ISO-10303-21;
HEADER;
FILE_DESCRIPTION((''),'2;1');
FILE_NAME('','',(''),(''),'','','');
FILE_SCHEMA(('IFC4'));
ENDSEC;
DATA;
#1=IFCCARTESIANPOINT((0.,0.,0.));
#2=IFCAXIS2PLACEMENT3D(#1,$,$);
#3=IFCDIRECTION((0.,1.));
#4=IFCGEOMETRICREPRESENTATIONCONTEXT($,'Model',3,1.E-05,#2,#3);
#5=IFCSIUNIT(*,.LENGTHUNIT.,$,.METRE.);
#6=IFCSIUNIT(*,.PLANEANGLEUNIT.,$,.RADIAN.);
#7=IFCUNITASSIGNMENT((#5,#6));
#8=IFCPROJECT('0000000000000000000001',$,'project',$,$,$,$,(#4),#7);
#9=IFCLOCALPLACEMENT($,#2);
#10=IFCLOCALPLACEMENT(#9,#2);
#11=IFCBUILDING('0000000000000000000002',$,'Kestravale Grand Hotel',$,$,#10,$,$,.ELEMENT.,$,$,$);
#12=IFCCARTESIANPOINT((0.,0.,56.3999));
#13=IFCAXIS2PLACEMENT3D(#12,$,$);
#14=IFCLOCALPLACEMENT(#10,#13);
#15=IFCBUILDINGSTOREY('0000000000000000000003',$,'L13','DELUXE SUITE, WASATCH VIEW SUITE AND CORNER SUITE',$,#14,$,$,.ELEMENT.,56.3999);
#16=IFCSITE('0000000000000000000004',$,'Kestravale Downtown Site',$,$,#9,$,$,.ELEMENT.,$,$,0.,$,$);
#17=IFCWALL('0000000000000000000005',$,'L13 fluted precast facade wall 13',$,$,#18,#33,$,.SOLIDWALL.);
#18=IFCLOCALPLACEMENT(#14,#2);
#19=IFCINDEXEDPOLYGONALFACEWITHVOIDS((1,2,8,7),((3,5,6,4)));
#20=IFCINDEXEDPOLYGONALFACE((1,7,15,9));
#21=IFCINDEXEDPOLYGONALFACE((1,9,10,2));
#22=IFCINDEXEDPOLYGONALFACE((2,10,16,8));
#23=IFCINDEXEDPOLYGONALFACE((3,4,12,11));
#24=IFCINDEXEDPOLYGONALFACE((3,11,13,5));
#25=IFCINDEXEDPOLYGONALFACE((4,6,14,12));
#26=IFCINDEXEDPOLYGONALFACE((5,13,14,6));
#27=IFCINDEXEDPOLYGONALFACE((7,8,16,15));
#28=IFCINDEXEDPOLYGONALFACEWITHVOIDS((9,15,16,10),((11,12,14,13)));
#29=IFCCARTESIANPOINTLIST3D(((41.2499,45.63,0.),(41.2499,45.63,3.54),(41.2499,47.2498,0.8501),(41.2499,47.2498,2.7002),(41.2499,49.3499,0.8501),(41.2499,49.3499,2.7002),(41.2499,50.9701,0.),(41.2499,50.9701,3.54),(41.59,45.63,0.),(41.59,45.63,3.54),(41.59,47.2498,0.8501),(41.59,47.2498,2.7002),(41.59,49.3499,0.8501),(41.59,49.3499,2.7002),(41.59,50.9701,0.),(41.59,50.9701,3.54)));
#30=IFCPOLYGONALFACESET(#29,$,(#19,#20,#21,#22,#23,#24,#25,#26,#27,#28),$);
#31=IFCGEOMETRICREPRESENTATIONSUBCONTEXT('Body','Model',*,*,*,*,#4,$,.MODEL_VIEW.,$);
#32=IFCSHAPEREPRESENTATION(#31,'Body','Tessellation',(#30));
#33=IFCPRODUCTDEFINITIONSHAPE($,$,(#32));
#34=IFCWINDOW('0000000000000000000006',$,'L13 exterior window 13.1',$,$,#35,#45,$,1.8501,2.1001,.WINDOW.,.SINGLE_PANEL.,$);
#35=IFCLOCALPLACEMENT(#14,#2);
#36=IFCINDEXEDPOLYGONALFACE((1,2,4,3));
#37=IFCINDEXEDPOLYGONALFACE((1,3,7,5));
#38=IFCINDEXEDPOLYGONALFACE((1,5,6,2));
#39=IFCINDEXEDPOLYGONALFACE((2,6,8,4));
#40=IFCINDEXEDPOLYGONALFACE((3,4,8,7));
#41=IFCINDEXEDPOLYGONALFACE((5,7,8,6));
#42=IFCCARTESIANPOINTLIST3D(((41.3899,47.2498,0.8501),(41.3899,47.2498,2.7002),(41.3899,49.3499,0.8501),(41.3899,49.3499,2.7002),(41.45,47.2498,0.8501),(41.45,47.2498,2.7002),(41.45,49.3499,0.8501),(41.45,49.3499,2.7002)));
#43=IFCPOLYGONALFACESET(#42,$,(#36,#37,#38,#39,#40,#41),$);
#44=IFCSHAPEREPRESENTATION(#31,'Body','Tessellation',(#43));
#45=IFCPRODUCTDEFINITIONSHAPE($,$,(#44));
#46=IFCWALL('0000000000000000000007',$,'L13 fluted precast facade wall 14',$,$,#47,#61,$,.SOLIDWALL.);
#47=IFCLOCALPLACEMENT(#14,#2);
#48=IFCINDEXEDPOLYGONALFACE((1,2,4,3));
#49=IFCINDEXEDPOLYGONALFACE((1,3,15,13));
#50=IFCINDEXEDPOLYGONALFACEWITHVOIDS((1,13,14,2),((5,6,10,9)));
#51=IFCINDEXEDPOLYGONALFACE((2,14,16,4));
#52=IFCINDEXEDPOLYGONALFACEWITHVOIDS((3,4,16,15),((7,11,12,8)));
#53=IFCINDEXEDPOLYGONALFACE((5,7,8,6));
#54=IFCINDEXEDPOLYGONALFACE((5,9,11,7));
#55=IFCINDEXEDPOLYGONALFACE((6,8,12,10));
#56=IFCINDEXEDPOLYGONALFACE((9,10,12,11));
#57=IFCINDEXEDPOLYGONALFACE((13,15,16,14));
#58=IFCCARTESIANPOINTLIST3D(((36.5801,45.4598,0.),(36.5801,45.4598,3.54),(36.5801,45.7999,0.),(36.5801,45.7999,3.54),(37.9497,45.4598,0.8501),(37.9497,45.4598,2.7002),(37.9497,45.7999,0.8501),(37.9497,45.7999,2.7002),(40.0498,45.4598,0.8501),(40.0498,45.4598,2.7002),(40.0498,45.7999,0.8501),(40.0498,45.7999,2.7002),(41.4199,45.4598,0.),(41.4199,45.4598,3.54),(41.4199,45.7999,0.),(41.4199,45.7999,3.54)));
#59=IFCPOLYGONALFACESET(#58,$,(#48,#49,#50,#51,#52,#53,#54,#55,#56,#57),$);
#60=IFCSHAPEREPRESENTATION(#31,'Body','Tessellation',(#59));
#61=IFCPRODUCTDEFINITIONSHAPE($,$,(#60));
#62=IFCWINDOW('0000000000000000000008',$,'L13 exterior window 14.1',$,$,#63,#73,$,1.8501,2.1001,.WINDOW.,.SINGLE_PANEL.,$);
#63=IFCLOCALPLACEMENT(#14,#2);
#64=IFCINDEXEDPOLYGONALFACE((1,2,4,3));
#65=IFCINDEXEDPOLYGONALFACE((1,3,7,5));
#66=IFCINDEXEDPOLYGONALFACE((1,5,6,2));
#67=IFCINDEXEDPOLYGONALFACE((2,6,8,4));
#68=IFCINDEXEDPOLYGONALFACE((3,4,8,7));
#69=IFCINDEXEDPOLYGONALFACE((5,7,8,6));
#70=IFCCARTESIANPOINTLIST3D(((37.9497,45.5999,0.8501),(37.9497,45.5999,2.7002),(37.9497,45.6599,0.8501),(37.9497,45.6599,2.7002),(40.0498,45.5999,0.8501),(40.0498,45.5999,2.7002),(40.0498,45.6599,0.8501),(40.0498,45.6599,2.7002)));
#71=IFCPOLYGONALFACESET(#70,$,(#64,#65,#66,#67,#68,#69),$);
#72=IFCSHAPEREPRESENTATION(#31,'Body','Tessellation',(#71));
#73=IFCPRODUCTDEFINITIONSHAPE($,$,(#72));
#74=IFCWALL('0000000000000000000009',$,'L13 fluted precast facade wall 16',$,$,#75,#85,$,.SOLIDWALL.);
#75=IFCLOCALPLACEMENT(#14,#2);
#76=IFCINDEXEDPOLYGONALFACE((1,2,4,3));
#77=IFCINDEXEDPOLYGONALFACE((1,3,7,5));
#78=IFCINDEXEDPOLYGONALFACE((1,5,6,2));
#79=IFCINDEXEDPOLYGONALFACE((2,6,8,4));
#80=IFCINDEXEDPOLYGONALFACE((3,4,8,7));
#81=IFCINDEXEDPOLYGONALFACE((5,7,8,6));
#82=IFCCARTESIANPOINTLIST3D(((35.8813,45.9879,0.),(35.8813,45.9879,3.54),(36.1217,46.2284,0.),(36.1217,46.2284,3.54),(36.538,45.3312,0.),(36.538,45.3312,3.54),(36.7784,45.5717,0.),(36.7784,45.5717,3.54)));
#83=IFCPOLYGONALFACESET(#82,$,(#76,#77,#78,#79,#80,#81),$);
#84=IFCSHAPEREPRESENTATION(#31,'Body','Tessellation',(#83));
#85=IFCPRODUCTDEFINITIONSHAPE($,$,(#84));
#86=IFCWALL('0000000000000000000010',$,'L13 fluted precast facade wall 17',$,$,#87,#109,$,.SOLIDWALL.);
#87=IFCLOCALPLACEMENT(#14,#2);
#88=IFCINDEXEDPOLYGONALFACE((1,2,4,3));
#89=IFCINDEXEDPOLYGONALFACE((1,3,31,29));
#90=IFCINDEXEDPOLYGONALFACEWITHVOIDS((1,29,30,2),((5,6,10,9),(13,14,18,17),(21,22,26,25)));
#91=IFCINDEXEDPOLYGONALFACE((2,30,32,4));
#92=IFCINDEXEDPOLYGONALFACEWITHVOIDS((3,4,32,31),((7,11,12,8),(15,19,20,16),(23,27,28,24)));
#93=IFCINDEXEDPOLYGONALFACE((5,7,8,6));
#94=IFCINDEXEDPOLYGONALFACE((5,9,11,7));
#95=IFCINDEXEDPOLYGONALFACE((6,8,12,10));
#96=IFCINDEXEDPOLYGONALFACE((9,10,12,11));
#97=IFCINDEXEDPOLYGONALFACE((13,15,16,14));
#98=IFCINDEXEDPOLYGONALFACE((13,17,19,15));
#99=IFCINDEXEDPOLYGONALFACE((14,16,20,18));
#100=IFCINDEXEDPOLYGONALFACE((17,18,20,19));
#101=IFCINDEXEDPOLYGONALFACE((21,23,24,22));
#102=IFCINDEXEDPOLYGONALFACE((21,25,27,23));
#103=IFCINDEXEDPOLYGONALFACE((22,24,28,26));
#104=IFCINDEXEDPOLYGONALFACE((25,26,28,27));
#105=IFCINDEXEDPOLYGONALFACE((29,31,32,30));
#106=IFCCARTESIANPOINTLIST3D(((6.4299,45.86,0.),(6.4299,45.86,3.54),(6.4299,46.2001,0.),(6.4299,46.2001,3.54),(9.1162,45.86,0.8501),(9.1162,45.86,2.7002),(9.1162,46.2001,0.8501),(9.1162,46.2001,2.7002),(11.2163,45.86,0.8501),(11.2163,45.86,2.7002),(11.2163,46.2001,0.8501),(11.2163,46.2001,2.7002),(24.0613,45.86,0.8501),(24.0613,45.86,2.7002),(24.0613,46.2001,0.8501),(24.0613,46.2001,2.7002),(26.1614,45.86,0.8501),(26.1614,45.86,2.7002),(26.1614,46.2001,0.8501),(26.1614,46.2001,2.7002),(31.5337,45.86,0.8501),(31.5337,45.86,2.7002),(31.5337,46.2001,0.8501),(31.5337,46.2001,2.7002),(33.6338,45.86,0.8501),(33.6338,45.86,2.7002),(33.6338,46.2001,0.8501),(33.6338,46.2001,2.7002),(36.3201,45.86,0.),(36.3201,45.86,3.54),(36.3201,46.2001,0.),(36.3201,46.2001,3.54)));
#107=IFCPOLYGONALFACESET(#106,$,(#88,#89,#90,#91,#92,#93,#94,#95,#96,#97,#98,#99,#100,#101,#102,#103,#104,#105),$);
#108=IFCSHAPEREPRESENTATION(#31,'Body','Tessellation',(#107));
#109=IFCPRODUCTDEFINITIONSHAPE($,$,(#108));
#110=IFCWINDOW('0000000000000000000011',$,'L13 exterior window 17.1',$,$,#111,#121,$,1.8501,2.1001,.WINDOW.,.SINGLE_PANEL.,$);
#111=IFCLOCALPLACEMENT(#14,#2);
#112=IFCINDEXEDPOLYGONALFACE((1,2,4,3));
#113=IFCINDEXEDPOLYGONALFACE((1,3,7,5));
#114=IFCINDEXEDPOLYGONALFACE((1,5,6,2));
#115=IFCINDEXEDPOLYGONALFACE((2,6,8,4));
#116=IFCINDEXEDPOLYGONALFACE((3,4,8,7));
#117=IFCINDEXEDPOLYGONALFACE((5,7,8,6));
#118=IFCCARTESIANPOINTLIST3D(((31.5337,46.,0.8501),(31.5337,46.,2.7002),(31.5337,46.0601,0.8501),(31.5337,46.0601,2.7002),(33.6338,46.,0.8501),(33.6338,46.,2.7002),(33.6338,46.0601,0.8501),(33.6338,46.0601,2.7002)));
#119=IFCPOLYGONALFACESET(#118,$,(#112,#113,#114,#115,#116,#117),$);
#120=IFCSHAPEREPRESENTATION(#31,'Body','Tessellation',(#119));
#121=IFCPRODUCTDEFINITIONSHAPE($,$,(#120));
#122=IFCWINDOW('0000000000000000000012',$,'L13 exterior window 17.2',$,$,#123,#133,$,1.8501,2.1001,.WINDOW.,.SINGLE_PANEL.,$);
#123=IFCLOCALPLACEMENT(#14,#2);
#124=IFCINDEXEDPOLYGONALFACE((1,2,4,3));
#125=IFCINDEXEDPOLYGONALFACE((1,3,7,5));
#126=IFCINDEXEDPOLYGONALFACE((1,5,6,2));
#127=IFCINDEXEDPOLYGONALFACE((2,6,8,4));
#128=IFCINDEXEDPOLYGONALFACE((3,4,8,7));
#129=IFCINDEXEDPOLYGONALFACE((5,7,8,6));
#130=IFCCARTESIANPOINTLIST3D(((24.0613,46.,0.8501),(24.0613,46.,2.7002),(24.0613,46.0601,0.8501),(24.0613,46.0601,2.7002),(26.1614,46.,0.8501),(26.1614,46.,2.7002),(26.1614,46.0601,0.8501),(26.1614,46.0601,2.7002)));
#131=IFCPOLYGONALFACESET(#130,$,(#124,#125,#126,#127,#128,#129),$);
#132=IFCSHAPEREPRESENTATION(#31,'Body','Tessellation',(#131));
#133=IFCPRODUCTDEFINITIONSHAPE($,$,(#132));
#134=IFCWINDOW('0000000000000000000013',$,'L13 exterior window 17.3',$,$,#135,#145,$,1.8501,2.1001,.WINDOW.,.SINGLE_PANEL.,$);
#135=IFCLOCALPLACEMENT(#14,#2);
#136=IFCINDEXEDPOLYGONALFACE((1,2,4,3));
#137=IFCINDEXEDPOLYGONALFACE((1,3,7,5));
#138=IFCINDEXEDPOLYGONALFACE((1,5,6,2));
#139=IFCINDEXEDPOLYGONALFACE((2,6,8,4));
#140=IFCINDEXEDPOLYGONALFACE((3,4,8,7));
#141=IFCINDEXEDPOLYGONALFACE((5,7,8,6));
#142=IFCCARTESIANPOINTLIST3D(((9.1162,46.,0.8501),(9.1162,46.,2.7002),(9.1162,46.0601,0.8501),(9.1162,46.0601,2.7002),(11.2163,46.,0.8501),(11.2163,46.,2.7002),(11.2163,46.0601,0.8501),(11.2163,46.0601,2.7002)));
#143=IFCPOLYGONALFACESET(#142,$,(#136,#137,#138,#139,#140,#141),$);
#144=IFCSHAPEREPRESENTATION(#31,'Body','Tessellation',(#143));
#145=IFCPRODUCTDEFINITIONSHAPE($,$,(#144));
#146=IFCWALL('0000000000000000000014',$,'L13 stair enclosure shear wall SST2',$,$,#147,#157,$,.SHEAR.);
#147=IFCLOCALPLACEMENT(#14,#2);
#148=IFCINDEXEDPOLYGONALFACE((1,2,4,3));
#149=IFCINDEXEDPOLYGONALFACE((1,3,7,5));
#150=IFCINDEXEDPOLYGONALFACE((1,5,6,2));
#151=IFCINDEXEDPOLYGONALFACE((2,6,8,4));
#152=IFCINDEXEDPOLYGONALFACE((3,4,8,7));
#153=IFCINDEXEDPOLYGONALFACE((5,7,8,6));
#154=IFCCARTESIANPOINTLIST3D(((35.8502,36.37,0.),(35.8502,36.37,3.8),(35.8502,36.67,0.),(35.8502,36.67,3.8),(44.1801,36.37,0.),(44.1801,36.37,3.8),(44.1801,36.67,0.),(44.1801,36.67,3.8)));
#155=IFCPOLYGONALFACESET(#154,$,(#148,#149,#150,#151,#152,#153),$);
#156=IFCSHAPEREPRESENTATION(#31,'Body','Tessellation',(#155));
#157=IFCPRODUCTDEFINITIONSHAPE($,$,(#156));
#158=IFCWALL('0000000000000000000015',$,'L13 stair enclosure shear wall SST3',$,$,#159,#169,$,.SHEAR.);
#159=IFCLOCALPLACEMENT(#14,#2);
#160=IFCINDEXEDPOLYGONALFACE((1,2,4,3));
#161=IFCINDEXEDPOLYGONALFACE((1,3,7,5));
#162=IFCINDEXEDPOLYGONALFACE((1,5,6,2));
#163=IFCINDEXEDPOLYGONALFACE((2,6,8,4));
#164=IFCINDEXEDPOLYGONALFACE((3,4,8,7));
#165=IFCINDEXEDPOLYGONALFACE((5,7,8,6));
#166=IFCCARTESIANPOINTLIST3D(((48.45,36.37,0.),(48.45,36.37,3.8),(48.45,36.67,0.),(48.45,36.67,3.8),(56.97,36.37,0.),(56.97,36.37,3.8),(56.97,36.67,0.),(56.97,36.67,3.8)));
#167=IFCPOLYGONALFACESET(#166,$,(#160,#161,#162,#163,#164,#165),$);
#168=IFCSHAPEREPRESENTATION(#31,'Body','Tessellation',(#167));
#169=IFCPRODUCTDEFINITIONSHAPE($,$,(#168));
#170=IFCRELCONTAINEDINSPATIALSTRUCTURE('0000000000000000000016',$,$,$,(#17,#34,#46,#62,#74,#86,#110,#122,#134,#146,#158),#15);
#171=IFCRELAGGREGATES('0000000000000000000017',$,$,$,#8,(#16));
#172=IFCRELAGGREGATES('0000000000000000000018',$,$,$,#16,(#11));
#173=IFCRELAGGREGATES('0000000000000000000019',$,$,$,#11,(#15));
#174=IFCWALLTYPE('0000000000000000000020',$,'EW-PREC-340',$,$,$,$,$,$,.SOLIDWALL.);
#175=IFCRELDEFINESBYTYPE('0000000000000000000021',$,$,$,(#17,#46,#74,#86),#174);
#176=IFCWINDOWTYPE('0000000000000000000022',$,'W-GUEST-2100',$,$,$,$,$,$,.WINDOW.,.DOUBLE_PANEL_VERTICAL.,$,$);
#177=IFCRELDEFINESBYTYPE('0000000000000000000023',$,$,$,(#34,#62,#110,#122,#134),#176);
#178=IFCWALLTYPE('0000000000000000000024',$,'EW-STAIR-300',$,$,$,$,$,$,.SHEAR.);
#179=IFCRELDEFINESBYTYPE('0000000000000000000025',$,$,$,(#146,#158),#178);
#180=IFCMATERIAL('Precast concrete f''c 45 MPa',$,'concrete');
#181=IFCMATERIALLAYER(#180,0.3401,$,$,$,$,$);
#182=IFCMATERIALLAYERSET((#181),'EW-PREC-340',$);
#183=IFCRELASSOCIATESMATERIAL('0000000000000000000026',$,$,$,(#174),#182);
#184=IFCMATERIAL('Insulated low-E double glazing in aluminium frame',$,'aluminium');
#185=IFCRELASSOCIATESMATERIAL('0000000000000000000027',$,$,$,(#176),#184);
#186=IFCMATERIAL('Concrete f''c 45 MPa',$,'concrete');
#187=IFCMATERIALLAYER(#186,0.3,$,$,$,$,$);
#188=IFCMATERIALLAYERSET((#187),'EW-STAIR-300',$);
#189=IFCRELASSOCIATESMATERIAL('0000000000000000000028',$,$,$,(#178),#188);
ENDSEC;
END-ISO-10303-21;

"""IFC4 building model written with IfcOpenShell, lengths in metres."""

from ifc_helpers import new_model, si_unit, direction, frame, frame_2d, origin, place, context, subcontext, project, spatial, rectangle, extrude, material, layer, layer_set, type_object, element, fill, save


model = new_model("IFC4")

# Units and contexts
model_context = context("Model", 3, precision=1e-05, world=origin(), true_north=direction((0.0, 1.0)))
body_context = subcontext(model_context, "Body", "Model", "MODEL_VIEW")
ifc_project = project(units=[si_unit("LENGTHUNIT", "METRE"), si_unit("PLANEANGLEUNIT", "RADIAN")], contexts=[model_context])

# Site, building, storey
site_placement = place(None, origin())
site = spatial("IfcSite", under=ifc_project, at=site_placement, Name="Kestravale Downtown Site", CompositionType="ELEMENT", RefElevation=0.0)
building_placement = place(site_placement, origin())
building = spatial("IfcBuilding", under=site, at=building_placement, Name="Kestravale Grand Hotel", CompositionType="ELEMENT")
storey_placement = place(building_placement, frame((0.0, 0.0, 56.3999)))
storey = spatial("IfcBuildingStorey", under=building, at=storey_placement, Name="L13", Description="DELUXE SUITE, WASATCH VIEW SUITE AND CORNER SUITE", CompositionType="ELEMENT", Elevation=56.3999)

# Shared definitions
ifc_material_1 = material(Name="Precast concrete f'c 45 MPa", Category="concrete")
ifc_layer_1 = layer(ifc_material_1, 0.3401)
ifc_layer_set_1 = layer_set([ifc_layer_1], Name="EW-PREC-340")
wall_type_1 = type_object("IfcWallType", Name="EW-PREC-340", PredefinedType="SOLIDWALL", material=ifc_layer_set_1)

# Walls, openings, windows
wall_1_placement = place(storey_placement, frame((41.4199, 50.97, 0.0), z_axis=(0.0, 0.0, 1.0), x_axis=(0.0, -1.0, 0.0)))
wall_1 = element("IfcWall", 1, at=wall_1_placement, inside=storey, type_object=wall_type_1, Name="L13 fluted precast facade wall 13", PredefinedType="SOLIDWALL", context=body_context, shape_type="SweptSolid", body=[
    extrude(rectangle(XDim=5.3401, YDim=0.3401, at=frame_2d((2.6699, 0.0))), origin(), (0.0, 0.0, 1.0), 3.54),
])
opening_1_placement = place(wall_1_placement, frame((1.6201, 0.0, 0.8501)))
opening_1 = element("IfcOpeningElement", 2, at=opening_1_placement, cuts=wall_1, PredefinedType="OPENING", context=body_context, shape_type="SweptSolid", body=[
    extrude(rectangle(XDim=2.1001, YDim=1.8501, at=frame_2d((1.05, 0.925))), frame((0.0, 0.1799, 0.0), z_axis=(0.0, -1.0, 0.0), x_axis=(1.0, 0.0, 0.0)), (0.0, 0.0, 1.0), 0.3601),
])
ifc_material_2 = material(Name="Insulated low-E double glazing in aluminium frame", Category="aluminium")
window_type = type_object("IfcWindowType", Name="W-GUEST-2100", PartitioningType="DOUBLE_PANEL_VERTICAL", PredefinedType="WINDOW", material=ifc_material_2)
window_1_placement = place(opening_1_placement, origin())
window_1 = element("IfcWindow", 3, at=window_1_placement, inside=storey, type_object=window_type, Name="L13 exterior window 13.1", OverallHeight=1.8501, OverallWidth=2.1001, PartitioningType="SINGLE_PANEL", PredefinedType="WINDOW", context=body_context, shape_type="SweptSolid", body=[
    extrude(rectangle(XDim=2.1001, YDim=1.8501, at=frame_2d((1.05, 0.925))), frame((0.0, 0.03, 0.0), z_axis=(0.0, -1.0, 0.0), x_axis=(1.0, 0.0, 0.0)), (0.0, 0.0, 1.0), 0.0601),
])
fill(opening_1, window_1)
wall_2_placement = place(storey_placement, frame((41.4199, 45.6299, 0.0), z_axis=(0.0, 0.0, 1.0), x_axis=(-1.0, 0.0, 0.0)))
wall_2 = element("IfcWall", 4, at=wall_2_placement, inside=storey, type_object=wall_type_1, Name="L13 fluted precast facade wall 14", PredefinedType="SOLIDWALL", context=body_context, shape_type="SweptSolid", body=[
    extrude(rectangle(XDim=4.8398, YDim=0.3401, at=frame_2d((2.4199, 0.0))), origin(), (0.0, 0.0, 1.0), 3.54),
])
opening_2_placement = place(wall_2_placement, frame((1.3701, 0.0, 0.8501)))
opening_2 = element("IfcOpeningElement", 5, at=opening_2_placement, cuts=wall_2, PredefinedType="OPENING", context=body_context, shape_type="SweptSolid", body=[
    extrude(rectangle(XDim=2.1001, YDim=1.8501, at=frame_2d((1.05, 0.925))), frame((0.0, 0.1799, 0.0), z_axis=(0.0, -1.0, 0.0), x_axis=(1.0, 0.0, 0.0)), (0.0, 0.0, 1.0), 0.3601),
])
window_2_placement = place(opening_2_placement, origin())
window_2 = element("IfcWindow", 6, at=window_2_placement, inside=storey, type_object=window_type, Name="L13 exterior window 14.1", OverallHeight=1.8501, OverallWidth=2.1001, PartitioningType="SINGLE_PANEL", PredefinedType="WINDOW", context=body_context, shape_type="SweptSolid", body=[
    extrude(rectangle(XDim=2.1001, YDim=1.8501, at=frame_2d((1.05, 0.925))), frame((0.0, 0.03, 0.0), z_axis=(0.0, -1.0, 0.0), x_axis=(1.0, 0.0, 0.0)), (0.0, 0.0, 1.0), 0.0601),
])
fill(opening_2, window_2)

# Wall
wall_3_placement = place(storey_placement, frame((36.6582, 45.4514, 0.0), z_axis=(0.0, 0.0, 1.0), x_axis=(-0.707107, 0.707107, 0.0)))
element("IfcWall", 7, at=wall_3_placement, inside=storey, type_object=wall_type_1, Name="L13 fluted precast facade wall 16", PredefinedType="SOLIDWALL", context=body_context, shape_type="SweptSolid", body=[
    extrude(rectangle(XDim=0.9287, YDim=0.3401, at=frame_2d((0.4644, 0.0))), origin(), (0.0, 0.0, 1.0), 3.54),
])

# Wall, openings, windows
wall_4_placement = place(storey_placement, frame((36.3201, 46.03, 0.0), z_axis=(0.0, 0.0, 1.0), x_axis=(-1.0, 0.0, 0.0)))
wall_4 = element("IfcWall", 8, at=wall_4_placement, inside=storey, type_object=wall_type_1, Name="L13 fluted precast facade wall 17", PredefinedType="SOLIDWALL", context=body_context, shape_type="SweptSolid", body=[
    extrude(rectangle(XDim=29.8901, YDim=0.3401, at=frame_2d((14.9451, 0.0))), origin(), (0.0, 0.0, 1.0), 3.54),
])
opening_3_placement = place(wall_4_placement, frame((2.6863, 0.0, 0.8501)))
opening_3 = element("IfcOpeningElement", 9, at=opening_3_placement, cuts=wall_4, PredefinedType="OPENING", context=body_context, shape_type="SweptSolid", body=[
    extrude(rectangle(XDim=2.1001, YDim=1.8501, at=frame_2d((1.05, 0.925))), frame((0.0, 0.1799, 0.0), z_axis=(0.0, -1.0, 0.0), x_axis=(1.0, 0.0, 0.0)), (0.0, 0.0, 1.0), 0.3601),
])
opening_4_placement = place(wall_4_placement, frame((10.1587, 0.0, 0.8501)))
opening_4 = element("IfcOpeningElement", 10, at=opening_4_placement, cuts=wall_4, PredefinedType="OPENING", context=body_context, shape_type="SweptSolid", body=[
    extrude(rectangle(XDim=2.1001, YDim=1.8501, at=frame_2d((1.05, 0.925))), frame((0.0, 0.1799, 0.0), z_axis=(0.0, -1.0, 0.0), x_axis=(1.0, 0.0, 0.0)), (0.0, 0.0, 1.0), 0.3601),
])
opening_5_placement = place(wall_4_placement, frame((25.1038, 0.0, 0.8501)))
opening_5 = element("IfcOpeningElement", 11, at=opening_5_placement, cuts=wall_4, PredefinedType="OPENING", context=body_context, shape_type="SweptSolid", body=[
    extrude(rectangle(XDim=2.1001, YDim=1.8501, at=frame_2d((1.05, 0.925))), frame((0.0, 0.1799, 0.0), z_axis=(0.0, -1.0, 0.0), x_axis=(1.0, 0.0, 0.0)), (0.0, 0.0, 1.0), 0.3601),
])
window_3_placement = place(opening_3_placement, origin())
window_3 = element("IfcWindow", 12, at=window_3_placement, inside=storey, type_object=window_type, Name="L13 exterior window 17.1", OverallHeight=1.8501, OverallWidth=2.1001, PartitioningType="SINGLE_PANEL", PredefinedType="WINDOW", context=body_context, shape_type="SweptSolid", body=[
    extrude(rectangle(XDim=2.1001, YDim=1.8501, at=frame_2d((1.05, 0.925))), frame((0.0, 0.03, 0.0), z_axis=(0.0, -1.0, 0.0), x_axis=(1.0, 0.0, 0.0)), (0.0, 0.0, 1.0), 0.0601),
])
fill(opening_3, window_3)
window_4_placement = place(opening_4_placement, origin())
window_4 = element("IfcWindow", 13, at=window_4_placement, inside=storey, type_object=window_type, Name="L13 exterior window 17.2", OverallHeight=1.8501, OverallWidth=2.1001, PartitioningType="SINGLE_PANEL", PredefinedType="WINDOW", context=body_context, shape_type="SweptSolid", body=[
    extrude(rectangle(XDim=2.1001, YDim=1.8501, at=frame_2d((1.05, 0.925))), frame((0.0, 0.03, 0.0), z_axis=(0.0, -1.0, 0.0), x_axis=(1.0, 0.0, 0.0)), (0.0, 0.0, 1.0), 0.0601),
])
fill(opening_4, window_4)
window_5_placement = place(opening_5_placement, origin())
window_5 = element("IfcWindow", 14, at=window_5_placement, inside=storey, type_object=window_type, Name="L13 exterior window 17.3", OverallHeight=1.8501, OverallWidth=2.1001, PartitioningType="SINGLE_PANEL", PredefinedType="WINDOW", context=body_context, shape_type="SweptSolid", body=[
    extrude(rectangle(XDim=2.1001, YDim=1.8501, at=frame_2d((1.05, 0.925))), frame((0.0, 0.03, 0.0), z_axis=(0.0, -1.0, 0.0), x_axis=(1.0, 0.0, 0.0)), (0.0, 0.0, 1.0), 0.0601),
])
fill(opening_5, window_5)

# Walls
ifc_material_3 = material(Name="Concrete f'c 45 MPa", Category="concrete")
ifc_layer_2 = layer(ifc_material_3, 0.3)
ifc_layer_set_2 = layer_set([ifc_layer_2], Name="EW-STAIR-300")
wall_type_2 = type_object("IfcWallType", Name="EW-STAIR-300", PredefinedType="SHEAR", material=ifc_layer_set_2)
wall_5_placement = place(storey_placement, frame((35.8501, 36.52, 0.0), z_axis=(0.0, 0.0, 1.0), x_axis=(1.0, 0.0, 0.0)))
element("IfcWall", 15, at=wall_5_placement, inside=storey, type_object=wall_type_2, Name="L13 stair enclosure shear wall SST2", PredefinedType="SHEAR", context=body_context, shape_type="SweptSolid", body=[
    extrude(rectangle(XDim=8.3298, YDim=0.3, at=frame_2d((4.165, 0.0))), origin(), (0.0, 0.0, 1.0), 3.8),
])
wall_6_placement = place(storey_placement, frame((48.45, 36.52, 0.0), z_axis=(0.0, 0.0, 1.0), x_axis=(1.0, 0.0, 0.0)))
element("IfcWall", 16, at=wall_6_placement, inside=storey, type_object=wall_type_2, Name="L13 stair enclosure shear wall SST3", PredefinedType="SHEAR", context=body_context, shape_type="SweptSolid", body=[
    extrude(rectangle(XDim=8.52, YDim=0.3, at=frame_2d((4.26, 0.0))), origin(), (0.0, 0.0, 1.0), 3.8),
])

save(model, "model.ifc")
